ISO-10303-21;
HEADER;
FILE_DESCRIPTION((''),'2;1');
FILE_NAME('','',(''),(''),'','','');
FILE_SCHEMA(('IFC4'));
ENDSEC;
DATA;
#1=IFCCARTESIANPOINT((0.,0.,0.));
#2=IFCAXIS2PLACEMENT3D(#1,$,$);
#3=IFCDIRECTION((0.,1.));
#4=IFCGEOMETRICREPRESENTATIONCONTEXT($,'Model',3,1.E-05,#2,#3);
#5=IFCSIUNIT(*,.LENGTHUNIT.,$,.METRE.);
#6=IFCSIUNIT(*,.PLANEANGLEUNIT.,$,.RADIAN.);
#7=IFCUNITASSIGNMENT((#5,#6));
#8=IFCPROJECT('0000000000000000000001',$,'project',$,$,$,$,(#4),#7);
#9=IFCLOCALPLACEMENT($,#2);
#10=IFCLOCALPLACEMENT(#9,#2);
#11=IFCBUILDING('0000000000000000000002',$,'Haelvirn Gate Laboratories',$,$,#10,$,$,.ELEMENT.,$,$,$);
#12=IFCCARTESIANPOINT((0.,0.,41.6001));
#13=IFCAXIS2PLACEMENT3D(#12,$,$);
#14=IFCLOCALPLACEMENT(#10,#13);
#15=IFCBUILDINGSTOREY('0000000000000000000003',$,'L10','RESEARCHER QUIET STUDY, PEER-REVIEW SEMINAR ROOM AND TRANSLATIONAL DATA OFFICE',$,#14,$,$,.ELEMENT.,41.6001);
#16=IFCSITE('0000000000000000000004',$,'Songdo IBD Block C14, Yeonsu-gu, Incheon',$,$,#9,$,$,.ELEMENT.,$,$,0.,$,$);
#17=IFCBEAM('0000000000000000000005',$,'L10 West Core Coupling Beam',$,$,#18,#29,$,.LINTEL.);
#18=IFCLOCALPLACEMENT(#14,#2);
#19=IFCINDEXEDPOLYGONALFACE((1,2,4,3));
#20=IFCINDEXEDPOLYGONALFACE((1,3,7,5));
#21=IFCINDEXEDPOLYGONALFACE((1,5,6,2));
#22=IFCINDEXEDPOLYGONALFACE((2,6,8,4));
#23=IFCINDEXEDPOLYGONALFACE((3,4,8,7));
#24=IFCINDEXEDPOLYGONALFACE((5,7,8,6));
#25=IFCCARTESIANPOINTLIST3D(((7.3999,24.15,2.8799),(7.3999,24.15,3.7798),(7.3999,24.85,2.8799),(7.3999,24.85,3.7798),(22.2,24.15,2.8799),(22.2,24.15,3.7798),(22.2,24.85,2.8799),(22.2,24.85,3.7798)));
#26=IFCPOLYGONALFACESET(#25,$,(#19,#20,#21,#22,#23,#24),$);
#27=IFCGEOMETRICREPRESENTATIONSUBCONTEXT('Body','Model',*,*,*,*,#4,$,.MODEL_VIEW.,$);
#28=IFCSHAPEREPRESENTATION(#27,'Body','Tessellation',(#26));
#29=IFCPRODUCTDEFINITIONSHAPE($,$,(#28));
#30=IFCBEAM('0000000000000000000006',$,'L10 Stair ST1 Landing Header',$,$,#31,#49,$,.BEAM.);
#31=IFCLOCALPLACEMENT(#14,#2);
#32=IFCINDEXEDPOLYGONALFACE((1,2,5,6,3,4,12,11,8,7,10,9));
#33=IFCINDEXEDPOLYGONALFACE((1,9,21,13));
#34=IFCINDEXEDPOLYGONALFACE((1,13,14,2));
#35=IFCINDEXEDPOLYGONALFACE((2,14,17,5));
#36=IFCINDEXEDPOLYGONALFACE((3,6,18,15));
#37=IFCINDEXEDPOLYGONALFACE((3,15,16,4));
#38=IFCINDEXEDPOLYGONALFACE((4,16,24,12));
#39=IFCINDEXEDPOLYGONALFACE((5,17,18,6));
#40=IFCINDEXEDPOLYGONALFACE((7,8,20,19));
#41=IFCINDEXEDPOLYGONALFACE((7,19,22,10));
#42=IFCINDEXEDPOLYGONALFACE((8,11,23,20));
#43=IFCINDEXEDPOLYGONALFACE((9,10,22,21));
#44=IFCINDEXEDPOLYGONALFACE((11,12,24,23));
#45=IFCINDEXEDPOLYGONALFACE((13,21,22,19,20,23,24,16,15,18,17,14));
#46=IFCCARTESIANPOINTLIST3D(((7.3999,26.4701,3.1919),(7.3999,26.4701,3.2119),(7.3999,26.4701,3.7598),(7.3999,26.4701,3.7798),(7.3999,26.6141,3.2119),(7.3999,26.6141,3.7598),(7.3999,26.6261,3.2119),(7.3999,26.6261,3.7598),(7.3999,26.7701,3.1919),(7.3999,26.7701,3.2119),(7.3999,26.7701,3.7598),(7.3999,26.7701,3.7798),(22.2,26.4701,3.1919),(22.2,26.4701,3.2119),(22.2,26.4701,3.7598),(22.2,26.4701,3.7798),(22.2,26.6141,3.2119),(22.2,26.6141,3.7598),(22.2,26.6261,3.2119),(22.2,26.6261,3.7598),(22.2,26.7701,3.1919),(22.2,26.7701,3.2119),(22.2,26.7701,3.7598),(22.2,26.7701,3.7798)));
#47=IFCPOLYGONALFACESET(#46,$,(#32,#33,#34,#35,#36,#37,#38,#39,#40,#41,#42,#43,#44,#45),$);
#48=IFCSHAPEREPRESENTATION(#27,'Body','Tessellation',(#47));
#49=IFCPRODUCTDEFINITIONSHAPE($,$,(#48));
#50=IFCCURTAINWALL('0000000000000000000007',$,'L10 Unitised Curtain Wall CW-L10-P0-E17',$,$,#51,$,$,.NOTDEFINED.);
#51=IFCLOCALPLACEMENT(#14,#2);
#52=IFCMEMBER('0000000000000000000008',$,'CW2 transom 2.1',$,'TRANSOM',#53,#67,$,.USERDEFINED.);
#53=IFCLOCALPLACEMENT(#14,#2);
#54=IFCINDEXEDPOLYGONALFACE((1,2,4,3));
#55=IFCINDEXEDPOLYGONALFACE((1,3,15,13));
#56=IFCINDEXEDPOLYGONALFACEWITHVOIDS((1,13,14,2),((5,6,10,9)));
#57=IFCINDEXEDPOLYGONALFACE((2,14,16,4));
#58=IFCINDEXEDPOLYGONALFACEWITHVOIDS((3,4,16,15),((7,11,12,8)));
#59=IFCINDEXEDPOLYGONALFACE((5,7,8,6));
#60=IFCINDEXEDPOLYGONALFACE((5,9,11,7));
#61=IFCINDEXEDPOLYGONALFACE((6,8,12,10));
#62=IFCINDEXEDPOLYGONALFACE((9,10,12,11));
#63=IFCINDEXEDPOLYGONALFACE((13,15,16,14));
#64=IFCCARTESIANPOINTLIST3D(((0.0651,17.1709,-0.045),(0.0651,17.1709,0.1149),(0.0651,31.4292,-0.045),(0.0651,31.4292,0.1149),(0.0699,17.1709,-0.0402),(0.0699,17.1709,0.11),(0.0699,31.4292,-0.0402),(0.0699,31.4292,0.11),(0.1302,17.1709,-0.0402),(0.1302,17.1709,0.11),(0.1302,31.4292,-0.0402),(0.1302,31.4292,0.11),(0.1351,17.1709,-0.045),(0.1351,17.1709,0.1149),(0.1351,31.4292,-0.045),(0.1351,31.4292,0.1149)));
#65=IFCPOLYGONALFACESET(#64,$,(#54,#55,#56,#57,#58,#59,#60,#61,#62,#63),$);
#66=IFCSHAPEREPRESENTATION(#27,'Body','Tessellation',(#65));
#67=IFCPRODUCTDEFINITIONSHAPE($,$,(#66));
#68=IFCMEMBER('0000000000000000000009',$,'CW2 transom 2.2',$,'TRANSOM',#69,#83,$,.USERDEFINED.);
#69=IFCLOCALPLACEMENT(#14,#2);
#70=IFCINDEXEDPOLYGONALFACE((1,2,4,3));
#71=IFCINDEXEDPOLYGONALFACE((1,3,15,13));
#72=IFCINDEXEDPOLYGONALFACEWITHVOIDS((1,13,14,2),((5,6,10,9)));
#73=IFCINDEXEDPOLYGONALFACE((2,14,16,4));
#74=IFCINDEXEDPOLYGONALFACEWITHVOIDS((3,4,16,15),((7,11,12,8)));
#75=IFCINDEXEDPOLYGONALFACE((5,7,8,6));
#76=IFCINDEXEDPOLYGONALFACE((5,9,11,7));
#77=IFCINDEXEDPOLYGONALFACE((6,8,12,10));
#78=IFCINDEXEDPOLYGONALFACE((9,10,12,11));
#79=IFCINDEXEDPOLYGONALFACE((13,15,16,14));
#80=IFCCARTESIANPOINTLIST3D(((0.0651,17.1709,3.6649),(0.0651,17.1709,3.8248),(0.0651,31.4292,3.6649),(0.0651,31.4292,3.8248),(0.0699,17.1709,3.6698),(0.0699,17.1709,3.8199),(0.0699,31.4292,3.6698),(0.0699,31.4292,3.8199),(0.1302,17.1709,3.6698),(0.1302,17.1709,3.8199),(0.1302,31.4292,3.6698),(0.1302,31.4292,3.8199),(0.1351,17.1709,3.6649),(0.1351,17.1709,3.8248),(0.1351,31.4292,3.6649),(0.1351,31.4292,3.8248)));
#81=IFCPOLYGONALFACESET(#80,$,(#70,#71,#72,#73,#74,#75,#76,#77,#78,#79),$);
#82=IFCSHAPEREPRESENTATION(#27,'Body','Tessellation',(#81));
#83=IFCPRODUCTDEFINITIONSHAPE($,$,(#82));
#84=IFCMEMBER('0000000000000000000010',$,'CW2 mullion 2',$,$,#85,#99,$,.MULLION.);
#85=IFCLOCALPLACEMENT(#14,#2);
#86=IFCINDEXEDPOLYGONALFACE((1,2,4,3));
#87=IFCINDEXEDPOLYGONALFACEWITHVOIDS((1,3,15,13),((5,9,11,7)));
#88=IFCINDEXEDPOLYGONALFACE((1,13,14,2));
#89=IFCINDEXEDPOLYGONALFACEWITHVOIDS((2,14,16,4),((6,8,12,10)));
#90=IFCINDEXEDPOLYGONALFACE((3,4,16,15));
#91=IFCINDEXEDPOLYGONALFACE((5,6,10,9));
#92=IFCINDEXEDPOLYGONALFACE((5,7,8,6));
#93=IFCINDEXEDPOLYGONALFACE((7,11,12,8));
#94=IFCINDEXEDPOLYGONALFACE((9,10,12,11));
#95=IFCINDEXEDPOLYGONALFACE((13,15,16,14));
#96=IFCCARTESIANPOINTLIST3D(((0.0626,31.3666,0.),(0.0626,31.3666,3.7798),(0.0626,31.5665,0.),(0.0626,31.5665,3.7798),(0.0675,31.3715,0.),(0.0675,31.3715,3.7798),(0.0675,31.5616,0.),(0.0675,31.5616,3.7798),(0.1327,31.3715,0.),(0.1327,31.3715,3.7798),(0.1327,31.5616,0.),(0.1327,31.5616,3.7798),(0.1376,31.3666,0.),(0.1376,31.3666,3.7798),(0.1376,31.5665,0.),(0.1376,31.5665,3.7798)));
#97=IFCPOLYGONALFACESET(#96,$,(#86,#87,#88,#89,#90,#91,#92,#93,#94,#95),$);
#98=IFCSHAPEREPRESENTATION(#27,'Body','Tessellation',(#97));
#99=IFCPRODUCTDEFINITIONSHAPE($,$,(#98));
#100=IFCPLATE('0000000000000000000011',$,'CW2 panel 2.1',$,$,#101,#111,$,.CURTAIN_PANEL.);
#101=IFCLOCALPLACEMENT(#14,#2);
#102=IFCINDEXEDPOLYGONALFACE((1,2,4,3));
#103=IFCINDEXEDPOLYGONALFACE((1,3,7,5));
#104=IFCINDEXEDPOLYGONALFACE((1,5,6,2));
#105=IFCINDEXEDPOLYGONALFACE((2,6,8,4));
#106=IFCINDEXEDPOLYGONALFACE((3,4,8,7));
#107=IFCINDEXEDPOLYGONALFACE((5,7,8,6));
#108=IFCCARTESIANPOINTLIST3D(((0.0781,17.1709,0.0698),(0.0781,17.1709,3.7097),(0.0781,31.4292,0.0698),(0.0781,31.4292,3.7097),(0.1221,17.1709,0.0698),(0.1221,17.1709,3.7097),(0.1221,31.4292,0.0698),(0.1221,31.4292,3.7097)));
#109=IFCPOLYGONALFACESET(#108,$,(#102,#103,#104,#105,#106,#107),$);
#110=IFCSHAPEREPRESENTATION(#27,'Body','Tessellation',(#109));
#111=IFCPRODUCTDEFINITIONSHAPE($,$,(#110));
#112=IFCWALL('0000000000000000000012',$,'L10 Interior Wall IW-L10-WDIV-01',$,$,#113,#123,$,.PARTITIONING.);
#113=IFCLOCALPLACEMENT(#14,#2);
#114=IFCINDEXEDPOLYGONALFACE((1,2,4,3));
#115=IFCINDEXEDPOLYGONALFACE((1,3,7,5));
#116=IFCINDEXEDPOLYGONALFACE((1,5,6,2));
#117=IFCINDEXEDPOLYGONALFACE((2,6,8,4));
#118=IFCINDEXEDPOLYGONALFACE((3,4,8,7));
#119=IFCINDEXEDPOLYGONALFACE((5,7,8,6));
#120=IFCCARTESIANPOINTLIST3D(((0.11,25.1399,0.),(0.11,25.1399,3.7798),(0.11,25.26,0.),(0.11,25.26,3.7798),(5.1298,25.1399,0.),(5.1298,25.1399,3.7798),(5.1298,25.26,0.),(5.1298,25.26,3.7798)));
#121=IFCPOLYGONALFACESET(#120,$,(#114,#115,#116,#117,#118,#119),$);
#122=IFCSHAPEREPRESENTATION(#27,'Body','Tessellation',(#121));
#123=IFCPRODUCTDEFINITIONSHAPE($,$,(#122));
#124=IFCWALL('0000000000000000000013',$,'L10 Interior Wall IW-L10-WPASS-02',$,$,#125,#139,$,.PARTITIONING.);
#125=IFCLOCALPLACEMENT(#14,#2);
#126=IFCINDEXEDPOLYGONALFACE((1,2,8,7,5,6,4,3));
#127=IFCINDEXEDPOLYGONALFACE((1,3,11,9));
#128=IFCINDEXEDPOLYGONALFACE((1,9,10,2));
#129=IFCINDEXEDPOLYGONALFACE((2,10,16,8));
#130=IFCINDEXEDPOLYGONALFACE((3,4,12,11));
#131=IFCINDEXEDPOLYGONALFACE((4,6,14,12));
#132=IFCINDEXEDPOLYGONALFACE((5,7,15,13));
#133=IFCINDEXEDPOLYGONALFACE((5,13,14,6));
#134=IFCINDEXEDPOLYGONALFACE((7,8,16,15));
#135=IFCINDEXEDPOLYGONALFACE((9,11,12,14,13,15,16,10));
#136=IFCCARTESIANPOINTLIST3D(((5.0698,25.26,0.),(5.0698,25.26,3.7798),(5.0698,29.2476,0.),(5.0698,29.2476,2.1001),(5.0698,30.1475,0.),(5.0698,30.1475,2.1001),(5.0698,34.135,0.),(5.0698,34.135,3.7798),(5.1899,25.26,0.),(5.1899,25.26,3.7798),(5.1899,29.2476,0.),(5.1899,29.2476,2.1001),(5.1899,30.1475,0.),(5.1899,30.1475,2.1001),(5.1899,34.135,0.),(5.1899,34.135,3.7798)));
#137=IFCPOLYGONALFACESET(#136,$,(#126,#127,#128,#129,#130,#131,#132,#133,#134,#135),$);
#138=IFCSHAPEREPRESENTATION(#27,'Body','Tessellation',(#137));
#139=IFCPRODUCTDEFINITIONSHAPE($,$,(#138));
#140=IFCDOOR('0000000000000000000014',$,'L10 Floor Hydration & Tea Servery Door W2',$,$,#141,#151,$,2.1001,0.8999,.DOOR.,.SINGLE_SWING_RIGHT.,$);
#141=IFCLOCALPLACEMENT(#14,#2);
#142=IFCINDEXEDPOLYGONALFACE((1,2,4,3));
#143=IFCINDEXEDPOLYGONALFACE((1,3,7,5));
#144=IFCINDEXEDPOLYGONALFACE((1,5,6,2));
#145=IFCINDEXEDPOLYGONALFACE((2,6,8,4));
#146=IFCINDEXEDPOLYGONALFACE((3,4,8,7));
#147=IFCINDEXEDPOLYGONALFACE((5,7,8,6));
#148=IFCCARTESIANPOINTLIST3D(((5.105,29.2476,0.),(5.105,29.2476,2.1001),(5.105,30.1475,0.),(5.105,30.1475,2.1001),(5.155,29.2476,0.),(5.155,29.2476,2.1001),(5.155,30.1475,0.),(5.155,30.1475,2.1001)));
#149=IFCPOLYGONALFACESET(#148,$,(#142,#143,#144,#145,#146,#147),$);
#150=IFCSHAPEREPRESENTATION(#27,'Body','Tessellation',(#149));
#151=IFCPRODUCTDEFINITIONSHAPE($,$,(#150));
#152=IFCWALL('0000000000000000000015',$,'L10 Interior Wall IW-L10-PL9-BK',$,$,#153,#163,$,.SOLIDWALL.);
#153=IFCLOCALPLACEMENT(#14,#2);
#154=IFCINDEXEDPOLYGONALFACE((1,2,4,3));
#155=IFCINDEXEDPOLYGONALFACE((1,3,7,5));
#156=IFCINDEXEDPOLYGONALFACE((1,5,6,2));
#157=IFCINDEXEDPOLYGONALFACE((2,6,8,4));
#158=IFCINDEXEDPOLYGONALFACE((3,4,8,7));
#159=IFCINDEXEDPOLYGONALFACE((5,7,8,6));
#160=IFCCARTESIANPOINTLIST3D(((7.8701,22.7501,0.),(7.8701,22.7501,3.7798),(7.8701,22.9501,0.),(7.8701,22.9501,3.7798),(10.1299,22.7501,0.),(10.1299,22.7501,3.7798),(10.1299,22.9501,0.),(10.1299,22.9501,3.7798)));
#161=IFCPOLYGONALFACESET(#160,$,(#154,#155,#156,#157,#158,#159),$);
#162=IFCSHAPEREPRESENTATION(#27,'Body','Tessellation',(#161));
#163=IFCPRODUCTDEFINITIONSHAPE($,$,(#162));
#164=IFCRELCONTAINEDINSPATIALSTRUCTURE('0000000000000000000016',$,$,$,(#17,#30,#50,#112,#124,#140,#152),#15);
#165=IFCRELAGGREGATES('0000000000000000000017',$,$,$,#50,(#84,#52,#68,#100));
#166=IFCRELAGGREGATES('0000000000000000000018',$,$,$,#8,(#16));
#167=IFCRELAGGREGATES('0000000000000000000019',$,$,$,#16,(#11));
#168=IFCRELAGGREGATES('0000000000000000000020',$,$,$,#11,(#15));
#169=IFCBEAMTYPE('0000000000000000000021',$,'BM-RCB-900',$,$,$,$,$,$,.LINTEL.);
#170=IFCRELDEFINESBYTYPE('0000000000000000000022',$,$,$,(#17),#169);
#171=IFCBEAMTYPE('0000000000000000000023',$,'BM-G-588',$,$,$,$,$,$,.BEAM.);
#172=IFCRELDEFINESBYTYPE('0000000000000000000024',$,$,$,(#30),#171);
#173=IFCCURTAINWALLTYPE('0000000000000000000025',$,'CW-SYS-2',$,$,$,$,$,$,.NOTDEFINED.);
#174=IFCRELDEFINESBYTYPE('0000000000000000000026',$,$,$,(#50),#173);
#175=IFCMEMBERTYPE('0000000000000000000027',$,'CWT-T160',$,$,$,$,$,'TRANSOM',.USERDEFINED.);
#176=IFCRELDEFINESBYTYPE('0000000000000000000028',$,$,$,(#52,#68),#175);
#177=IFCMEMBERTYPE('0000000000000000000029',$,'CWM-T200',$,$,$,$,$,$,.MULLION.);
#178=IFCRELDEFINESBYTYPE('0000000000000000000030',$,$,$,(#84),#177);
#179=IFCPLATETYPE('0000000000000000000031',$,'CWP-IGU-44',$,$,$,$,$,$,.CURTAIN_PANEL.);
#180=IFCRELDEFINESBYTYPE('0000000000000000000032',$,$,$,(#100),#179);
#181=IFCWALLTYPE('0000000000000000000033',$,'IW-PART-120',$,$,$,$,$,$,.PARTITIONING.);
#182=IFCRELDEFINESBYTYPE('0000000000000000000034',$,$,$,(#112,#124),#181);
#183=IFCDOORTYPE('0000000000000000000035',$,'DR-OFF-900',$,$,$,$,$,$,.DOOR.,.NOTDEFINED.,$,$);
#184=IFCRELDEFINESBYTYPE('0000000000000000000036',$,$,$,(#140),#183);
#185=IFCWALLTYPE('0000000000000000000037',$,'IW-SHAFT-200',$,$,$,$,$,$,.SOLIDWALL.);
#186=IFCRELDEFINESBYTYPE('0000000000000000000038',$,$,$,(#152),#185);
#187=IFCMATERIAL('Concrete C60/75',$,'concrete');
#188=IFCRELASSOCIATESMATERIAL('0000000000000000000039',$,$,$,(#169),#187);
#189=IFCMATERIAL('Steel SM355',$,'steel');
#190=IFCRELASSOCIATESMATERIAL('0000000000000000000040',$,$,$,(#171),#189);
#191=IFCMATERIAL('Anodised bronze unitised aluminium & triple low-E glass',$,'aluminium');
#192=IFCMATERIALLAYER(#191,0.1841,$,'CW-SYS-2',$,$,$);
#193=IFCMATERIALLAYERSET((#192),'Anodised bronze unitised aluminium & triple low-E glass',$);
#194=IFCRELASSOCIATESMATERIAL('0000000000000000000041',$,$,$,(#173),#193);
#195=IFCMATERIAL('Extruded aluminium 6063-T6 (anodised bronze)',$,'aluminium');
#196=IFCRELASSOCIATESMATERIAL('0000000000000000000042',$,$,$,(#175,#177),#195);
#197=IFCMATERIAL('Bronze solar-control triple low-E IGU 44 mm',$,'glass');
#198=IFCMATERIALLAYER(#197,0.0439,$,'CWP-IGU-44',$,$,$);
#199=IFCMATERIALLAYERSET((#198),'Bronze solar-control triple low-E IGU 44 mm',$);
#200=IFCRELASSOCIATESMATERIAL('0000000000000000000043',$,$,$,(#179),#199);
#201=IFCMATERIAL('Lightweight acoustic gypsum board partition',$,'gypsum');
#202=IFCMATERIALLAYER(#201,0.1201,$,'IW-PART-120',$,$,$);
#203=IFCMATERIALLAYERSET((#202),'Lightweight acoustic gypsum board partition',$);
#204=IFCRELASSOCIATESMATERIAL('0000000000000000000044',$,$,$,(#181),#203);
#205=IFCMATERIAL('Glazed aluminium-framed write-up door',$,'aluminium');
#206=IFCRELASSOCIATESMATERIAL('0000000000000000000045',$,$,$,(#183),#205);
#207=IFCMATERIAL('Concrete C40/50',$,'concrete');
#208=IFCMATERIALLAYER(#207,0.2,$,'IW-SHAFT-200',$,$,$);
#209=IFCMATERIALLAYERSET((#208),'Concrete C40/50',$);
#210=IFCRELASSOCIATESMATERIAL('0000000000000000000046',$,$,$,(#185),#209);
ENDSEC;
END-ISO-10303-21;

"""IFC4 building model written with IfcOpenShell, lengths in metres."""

from ifc_helpers import new_model, si_unit, direction, frame, frame_2d, origin, origin_2d, place, context, subcontext, project, spatial, rectangle, hollow_rectangle, i_section, extrude, source, transform, mapped, material, layer, layer_set, material_profile, profile_set, type_object, type_shapes, element, fill, aggregate, save


model = new_model("IFC4")

# Units and contexts
model_context = context("Model", 3, precision=1e-05, world=origin(), true_north=direction((0.0, 1.0)))
body_context = subcontext(model_context, "Body", "Model", "MODEL_VIEW")
ifc_project = project(units=[si_unit("LENGTHUNIT", "METRE"), si_unit("PLANEANGLEUNIT", "RADIAN")], contexts=[model_context])

# Site, building, storey
site_placement = place(None, origin())
site = spatial("IfcSite", under=ifc_project, at=site_placement, Name="Songdo IBD Block C14, Yeonsu-gu, Incheon", CompositionType="ELEMENT", RefElevation=0.0)
building_placement = place(site_placement, origin())
building = spatial("IfcBuilding", under=site, at=building_placement, Name="Haelvirn Gate Laboratories", CompositionType="ELEMENT")
storey_placement = place(building_placement, frame((0.0, 0.0, 41.6001)))
storey = spatial("IfcBuildingStorey", under=building, at=storey_placement, Name="L10", Description="RESEARCHER QUIET STUDY, PEER-REVIEW SEMINAR ROOM AND TRANSLATIONAL DATA OFFICE", CompositionType="ELEMENT", Elevation=41.6001)

# Beams
ifc_material_1 = material(Name="Concrete C60/75", Category="concrete")
ifc_material_profile_1 = material_profile(ifc_material_1, rectangle(XDim=0.7, YDim=0.8999, at=origin_2d()), Name="RCB-700x900")
ifc_profile_set_1 = profile_set([ifc_material_profile_1], Name="Concrete C60/75")
beam_type_1 = type_object("IfcBeamType", Name="BM-RCB-900", PredefinedType="LINTEL", material=ifc_profile_set_1)
shared_shape_1 = source(origin(), body_context, "Body", "SweptSolid", [
    extrude(rectangle(XDim=0.7, YDim=0.8999, at=origin_2d()), origin(), (0.0, 0.0, 1.0), 14.8),
])
type_shapes(beam_type_1, [shared_shape_1])
beam_1_placement = place(storey_placement, frame((7.3999, 24.5, 3.3298), z_axis=(1.0, 0.0, 0.0), x_axis=(0.0, 1.0, 0.0)))
element("IfcBeam", 1, at=beam_1_placement, inside=storey, type_object=beam_type_1, Name="L10 West Core Coupling Beam", PredefinedType="LINTEL", context=body_context, shape_type="MappedRepresentation", body=[
    mapped(shared_shape_1, transform((0.0, 0.0, 0.0), scale=1.0)),
])
ifc_material_2 = material(Name="Steel SM355", Category="steel")
ifc_material_profile_2 = material_profile(ifc_material_2, i_section(OverallWidth=0.3, OverallDepth=0.5879, WebThickness=0.012, FlangeThickness=0.02, at=origin_2d()), Name="H-588x300x12x20")
ifc_profile_set_2 = profile_set([ifc_material_profile_2], Name="Steel SM355")
beam_type_2 = type_object("IfcBeamType", Name="BM-G-588", PredefinedType="BEAM", material=ifc_profile_set_2)
shared_shape_2 = source(origin(), body_context, "Body", "SweptSolid", [
    extrude(i_section(OverallWidth=0.3, OverallDepth=0.5879, WebThickness=0.012, FlangeThickness=0.02, at=origin_2d()), origin(), (0.0, 0.0, 1.0), 14.8),
])
type_shapes(beam_type_2, [shared_shape_2])
beam_2_placement = place(storey_placement, frame((7.3999, 26.6201, 3.4858), z_axis=(1.0, 0.0, 0.0), x_axis=(0.0, 1.0, 0.0)))
element("IfcBeam", 2, at=beam_2_placement, inside=storey, type_object=beam_type_2, Name="L10 Stair ST1 Landing Header", PredefinedType="BEAM", context=body_context, shape_type="MappedRepresentation", body=[
    mapped(shared_shape_2, transform((0.0, 0.0, 0.0), scale=1.0)),
])

# Curtain wall, members, plate
ifc_material_3 = material(Name="Anodised bronze unitised aluminium & triple low-E glass", Category="aluminium")
ifc_layer_1 = layer(ifc_material_3, 0.1841, Name="CW-SYS-2")
ifc_layer_set_1 = layer_set([ifc_layer_1], Name="Anodised bronze unitised aluminium & triple low-E glass")
curtain_wall_type = type_object("IfcCurtainWallType", Name="CW-SYS-2", PredefinedType="NOTDEFINED", material=ifc_layer_set_1)
curtain_wall_placement = place(storey_placement, origin())
curtain_wall = element("IfcCurtainWall", 3, at=curtain_wall_placement, inside=storey, type_object=curtain_wall_type, Name="L10 Unitised Curtain Wall CW-L10-P0-E17", PredefinedType="NOTDEFINED")
ifc_material_4 = material(Name="Extruded aluminium 6063-T6 (anodised bronze)", Category="aluminium")
ifc_material_profile_3 = material_profile(ifc_material_4, hollow_rectangle(XDim=0.0701, YDim=0.1599, WallThickness=0.0049, at=origin_2d()), Name="CWT-160x70x5")
ifc_profile_set_3 = profile_set([ifc_material_profile_3], Name="Extruded aluminium 6063-T6 (anodised bronze)")
member_type_1 = type_object("IfcMemberType", Name="CWT-T160", ElementType="TRANSOM", PredefinedType="USERDEFINED", material=ifc_profile_set_3)
shared_shape_3 = source(origin(), body_context, "Body", "SweptSolid", [
    extrude(hollow_rectangle(XDim=0.0701, YDim=0.1599, WallThickness=0.0049, at=origin_2d()), origin(), (0.0, 0.0, 1.0), 14.2583),
])
type_shapes(member_type_1, [shared_shape_3])
member_1_placement = place(storey_placement, frame((0.1001, 31.4292, 0.0349), z_axis=(0.0, -1.0, 0.0), x_axis=(1.0, 0.0, 0.0)))
member_1 = element("IfcMember", 4, at=member_1_placement, type_object=member_type_1, Name="CW2 transom 2.1", ObjectType="TRANSOM", PredefinedType="USERDEFINED", context=body_context, shape_type="MappedRepresentation", body=[
    mapped(shared_shape_3, transform((0.0, 0.0, 0.0), scale=1.0)),
])
member_2_placement = place(storey_placement, frame((0.1001, 31.4292, 3.7449), z_axis=(0.0, -1.0, 0.0), x_axis=(1.0, 0.0, 0.0)))
member_2 = element("IfcMember", 5, at=member_2_placement, type_object=member_type_1, Name="CW2 transom 2.2", ObjectType="TRANSOM", PredefinedType="USERDEFINED", context=body_context, shape_type="MappedRepresentation", body=[
    mapped(shared_shape_3, transform((0.0, 0.0, 0.0), scale=1.0)),
])
ifc_material_profile_4 = material_profile(ifc_material_4, hollow_rectangle(XDim=0.075, YDim=0.2, WallThickness=0.0049, at=origin_2d()), Name="CWM-200x75x5")
ifc_profile_set_4 = profile_set([ifc_material_profile_4], Name="Extruded aluminium 6063-T6 (anodised bronze)")
member_type_2 = type_object("IfcMemberType", Name="CWM-T200", PredefinedType="MULLION", material=ifc_profile_set_4)
shared_shape_4 = source(origin(), body_context, "Body", "SweptSolid", [
    extrude(hollow_rectangle(XDim=0.075, YDim=0.2, WallThickness=0.0049, at=origin_2d()), origin(), (0.0, 0.0, 1.0), 3.7798),
])
type_shapes(member_type_2, [shared_shape_4])
member_3_placement = place(storey_placement, frame((0.1001, 31.4666, 0.0), z_axis=(0.0, 0.0, 1.0), x_axis=(1.0, 0.0, 0.0)))
member_3 = element("IfcMember", 6, at=member_3_placement, type_object=member_type_2, Name="CW2 mullion 2", PredefinedType="MULLION", context=body_context, shape_type="MappedRepresentation", body=[
    mapped(shared_shape_4, transform((0.0, 0.0, 0.0), scale=1.0)),
])
ifc_material_5 = material(Name="Bronze solar-control triple low-E IGU 44 mm", Category="glass")
ifc_layer_2 = layer(ifc_material_5, 0.0439, Name="CWP-IGU-44")
ifc_layer_set_2 = layer_set([ifc_layer_2], Name="Bronze solar-control triple low-E IGU 44 mm")
plate_type = type_object("IfcPlateType", Name="CWP-IGU-44", PredefinedType="CURTAIN_PANEL", material=ifc_layer_set_2)
shared_shape_5 = source(origin(), body_context, "Body", "SweptSolid", [
    extrude(rectangle(XDim=14.2583, YDim=0.0439, at=origin_2d()), origin(), (0.0, 0.0, 1.0), 3.6399),
])
type_shapes(plate_type, [shared_shape_5])
plate_placement = place(storey_placement, frame((0.1001, 24.3, 0.0698), z_axis=(0.0, 0.0, 1.0), x_axis=(0.0, -1.0, 0.0)))
plate = element("IfcPlate", 7, at=plate_placement, type_object=plate_type, Name="CW2 panel 2.1", PredefinedType="CURTAIN_PANEL", context=body_context, shape_type="MappedRepresentation", body=[
    mapped(shared_shape_5, transform((0.0, 0.0, 0.0), scale=1.0)),
])
aggregate(curtain_wall, [member_3, member_1, member_2, plate])

# Wall
ifc_material_6 = material(Name="Lightweight acoustic gypsum board partition", Category="gypsum")
ifc_layer_3 = layer(ifc_material_6, 0.1201, Name="IW-PART-120")
ifc_layer_set_3 = layer_set([ifc_layer_3], Name="Lightweight acoustic gypsum board partition")
wall_type_1 = type_object("IfcWallType", Name="IW-PART-120", PredefinedType="PARTITIONING", material=ifc_layer_set_3)
wall_1_placement = place(storey_placement, frame((0.1101, 25.2, 0.0), z_axis=(0.0, 0.0, 1.0), x_axis=(1.0, 0.0, 0.0)))
element("IfcWall", 8, at=wall_1_placement, inside=storey, type_object=wall_type_1, Name="L10 Interior Wall IW-L10-WDIV-01", PredefinedType="PARTITIONING", context=body_context, shape_type="SweptSolid", body=[
    extrude(rectangle(XDim=5.0198, YDim=0.1201, at=frame_2d((2.5098, 0.0))), origin(), (0.0, 0.0, 1.0), 3.7798),
])

# Wall, opening, door
wall_2_placement = place(storey_placement, frame((5.1299, 25.26, 0.0), z_axis=(0.0, 0.0, 1.0), x_axis=(0.0, 1.0, 0.0)))
wall_2 = element("IfcWall", 9, at=wall_2_placement, inside=storey, type_object=wall_type_1, Name="L10 Interior Wall IW-L10-WPASS-02", PredefinedType="PARTITIONING", context=body_context, shape_type="SweptSolid", body=[
    extrude(rectangle(XDim=8.875, YDim=0.1201, at=frame_2d((4.4375, 0.0))), origin(), (0.0, 0.0, 1.0), 3.7798),
])
opening_1_placement = place(wall_2_placement, frame((3.9875, 0.0, 0.0)))
opening_1 = element("IfcOpeningElement", 10, at=opening_1_placement, cuts=wall_2, PredefinedType="OPENING", context=body_context, shape_type="SweptSolid", body=[
    extrude(rectangle(XDim=0.8999, YDim=2.1001, at=frame_2d((0.45, 1.05))), frame((0.0, 0.0701, 0.0), z_axis=(0.0, -1.0, 0.0), x_axis=(1.0, 0.0, 0.0)), (0.0, 0.0, 1.0), 0.1401),
])
ifc_material_7 = material(Name="Glazed aluminium-framed write-up door", Category="aluminium")
door_type_1 = type_object("IfcDoorType", Name="DR-OFF-900", OperationType="NOTDEFINED", PredefinedType="DOOR", material=ifc_material_7)
shared_shape_6 = source(origin(), body_context, "Body", "SweptSolid", [
    extrude(rectangle(XDim=0.8999, YDim=2.1001, at=frame_2d((0.45, 1.05))), frame((0.0, 0.0249, 0.0), z_axis=(0.0, -1.0, 0.0), x_axis=(1.0, 0.0, 0.0)), (0.0, 0.0, 1.0), 0.05),
])
type_shapes(door_type_1, [shared_shape_6])
door_1_placement = place(opening_1_placement, origin())
door_1 = element("IfcDoor", 11, at=door_1_placement, inside=storey, type_object=door_type_1, Name="L10 Floor Hydration & Tea Servery Door W2", OperationType="SINGLE_SWING_RIGHT", OverallHeight=2.1001, OverallWidth=0.8999, PredefinedType="DOOR", context=body_context, shape_type="MappedRepresentation", body=[
    mapped(shared_shape_6, transform((0.0, 0.0, 0.0), scale=1.0)),
])
fill(opening_1, door_1)

# Wall
ifc_material_8 = material(Name="Concrete C40/50", Category="concrete")
ifc_layer_4 = layer(ifc_material_8, 0.2, Name="IW-SHAFT-200")
ifc_layer_set_4 = layer_set([ifc_layer_4], Name="Concrete C40/50")
wall_type_2 = type_object("IfcWallType", Name="IW-SHAFT-200", PredefinedType="SOLIDWALL", material=ifc_layer_set_4)
wall_3_placement = place(storey_placement, frame((7.8701, 22.8501, 0.0), z_axis=(0.0, 0.0, 1.0), x_axis=(1.0, 0.0, 0.0)))
element("IfcWall", 12, at=wall_3_placement, inside=storey, type_object=wall_type_2, Name="L10 Interior Wall IW-L10-PL9-BK", PredefinedType="SOLIDWALL", context=body_context, shape_type="SweptSolid", body=[
    extrude(rectangle(XDim=2.2598, YDim=0.2, at=frame_2d((1.1299, 0.0))), origin(), (0.0, 0.0, 1.0), 3.7798),
])

save(model, "model.ifc")
